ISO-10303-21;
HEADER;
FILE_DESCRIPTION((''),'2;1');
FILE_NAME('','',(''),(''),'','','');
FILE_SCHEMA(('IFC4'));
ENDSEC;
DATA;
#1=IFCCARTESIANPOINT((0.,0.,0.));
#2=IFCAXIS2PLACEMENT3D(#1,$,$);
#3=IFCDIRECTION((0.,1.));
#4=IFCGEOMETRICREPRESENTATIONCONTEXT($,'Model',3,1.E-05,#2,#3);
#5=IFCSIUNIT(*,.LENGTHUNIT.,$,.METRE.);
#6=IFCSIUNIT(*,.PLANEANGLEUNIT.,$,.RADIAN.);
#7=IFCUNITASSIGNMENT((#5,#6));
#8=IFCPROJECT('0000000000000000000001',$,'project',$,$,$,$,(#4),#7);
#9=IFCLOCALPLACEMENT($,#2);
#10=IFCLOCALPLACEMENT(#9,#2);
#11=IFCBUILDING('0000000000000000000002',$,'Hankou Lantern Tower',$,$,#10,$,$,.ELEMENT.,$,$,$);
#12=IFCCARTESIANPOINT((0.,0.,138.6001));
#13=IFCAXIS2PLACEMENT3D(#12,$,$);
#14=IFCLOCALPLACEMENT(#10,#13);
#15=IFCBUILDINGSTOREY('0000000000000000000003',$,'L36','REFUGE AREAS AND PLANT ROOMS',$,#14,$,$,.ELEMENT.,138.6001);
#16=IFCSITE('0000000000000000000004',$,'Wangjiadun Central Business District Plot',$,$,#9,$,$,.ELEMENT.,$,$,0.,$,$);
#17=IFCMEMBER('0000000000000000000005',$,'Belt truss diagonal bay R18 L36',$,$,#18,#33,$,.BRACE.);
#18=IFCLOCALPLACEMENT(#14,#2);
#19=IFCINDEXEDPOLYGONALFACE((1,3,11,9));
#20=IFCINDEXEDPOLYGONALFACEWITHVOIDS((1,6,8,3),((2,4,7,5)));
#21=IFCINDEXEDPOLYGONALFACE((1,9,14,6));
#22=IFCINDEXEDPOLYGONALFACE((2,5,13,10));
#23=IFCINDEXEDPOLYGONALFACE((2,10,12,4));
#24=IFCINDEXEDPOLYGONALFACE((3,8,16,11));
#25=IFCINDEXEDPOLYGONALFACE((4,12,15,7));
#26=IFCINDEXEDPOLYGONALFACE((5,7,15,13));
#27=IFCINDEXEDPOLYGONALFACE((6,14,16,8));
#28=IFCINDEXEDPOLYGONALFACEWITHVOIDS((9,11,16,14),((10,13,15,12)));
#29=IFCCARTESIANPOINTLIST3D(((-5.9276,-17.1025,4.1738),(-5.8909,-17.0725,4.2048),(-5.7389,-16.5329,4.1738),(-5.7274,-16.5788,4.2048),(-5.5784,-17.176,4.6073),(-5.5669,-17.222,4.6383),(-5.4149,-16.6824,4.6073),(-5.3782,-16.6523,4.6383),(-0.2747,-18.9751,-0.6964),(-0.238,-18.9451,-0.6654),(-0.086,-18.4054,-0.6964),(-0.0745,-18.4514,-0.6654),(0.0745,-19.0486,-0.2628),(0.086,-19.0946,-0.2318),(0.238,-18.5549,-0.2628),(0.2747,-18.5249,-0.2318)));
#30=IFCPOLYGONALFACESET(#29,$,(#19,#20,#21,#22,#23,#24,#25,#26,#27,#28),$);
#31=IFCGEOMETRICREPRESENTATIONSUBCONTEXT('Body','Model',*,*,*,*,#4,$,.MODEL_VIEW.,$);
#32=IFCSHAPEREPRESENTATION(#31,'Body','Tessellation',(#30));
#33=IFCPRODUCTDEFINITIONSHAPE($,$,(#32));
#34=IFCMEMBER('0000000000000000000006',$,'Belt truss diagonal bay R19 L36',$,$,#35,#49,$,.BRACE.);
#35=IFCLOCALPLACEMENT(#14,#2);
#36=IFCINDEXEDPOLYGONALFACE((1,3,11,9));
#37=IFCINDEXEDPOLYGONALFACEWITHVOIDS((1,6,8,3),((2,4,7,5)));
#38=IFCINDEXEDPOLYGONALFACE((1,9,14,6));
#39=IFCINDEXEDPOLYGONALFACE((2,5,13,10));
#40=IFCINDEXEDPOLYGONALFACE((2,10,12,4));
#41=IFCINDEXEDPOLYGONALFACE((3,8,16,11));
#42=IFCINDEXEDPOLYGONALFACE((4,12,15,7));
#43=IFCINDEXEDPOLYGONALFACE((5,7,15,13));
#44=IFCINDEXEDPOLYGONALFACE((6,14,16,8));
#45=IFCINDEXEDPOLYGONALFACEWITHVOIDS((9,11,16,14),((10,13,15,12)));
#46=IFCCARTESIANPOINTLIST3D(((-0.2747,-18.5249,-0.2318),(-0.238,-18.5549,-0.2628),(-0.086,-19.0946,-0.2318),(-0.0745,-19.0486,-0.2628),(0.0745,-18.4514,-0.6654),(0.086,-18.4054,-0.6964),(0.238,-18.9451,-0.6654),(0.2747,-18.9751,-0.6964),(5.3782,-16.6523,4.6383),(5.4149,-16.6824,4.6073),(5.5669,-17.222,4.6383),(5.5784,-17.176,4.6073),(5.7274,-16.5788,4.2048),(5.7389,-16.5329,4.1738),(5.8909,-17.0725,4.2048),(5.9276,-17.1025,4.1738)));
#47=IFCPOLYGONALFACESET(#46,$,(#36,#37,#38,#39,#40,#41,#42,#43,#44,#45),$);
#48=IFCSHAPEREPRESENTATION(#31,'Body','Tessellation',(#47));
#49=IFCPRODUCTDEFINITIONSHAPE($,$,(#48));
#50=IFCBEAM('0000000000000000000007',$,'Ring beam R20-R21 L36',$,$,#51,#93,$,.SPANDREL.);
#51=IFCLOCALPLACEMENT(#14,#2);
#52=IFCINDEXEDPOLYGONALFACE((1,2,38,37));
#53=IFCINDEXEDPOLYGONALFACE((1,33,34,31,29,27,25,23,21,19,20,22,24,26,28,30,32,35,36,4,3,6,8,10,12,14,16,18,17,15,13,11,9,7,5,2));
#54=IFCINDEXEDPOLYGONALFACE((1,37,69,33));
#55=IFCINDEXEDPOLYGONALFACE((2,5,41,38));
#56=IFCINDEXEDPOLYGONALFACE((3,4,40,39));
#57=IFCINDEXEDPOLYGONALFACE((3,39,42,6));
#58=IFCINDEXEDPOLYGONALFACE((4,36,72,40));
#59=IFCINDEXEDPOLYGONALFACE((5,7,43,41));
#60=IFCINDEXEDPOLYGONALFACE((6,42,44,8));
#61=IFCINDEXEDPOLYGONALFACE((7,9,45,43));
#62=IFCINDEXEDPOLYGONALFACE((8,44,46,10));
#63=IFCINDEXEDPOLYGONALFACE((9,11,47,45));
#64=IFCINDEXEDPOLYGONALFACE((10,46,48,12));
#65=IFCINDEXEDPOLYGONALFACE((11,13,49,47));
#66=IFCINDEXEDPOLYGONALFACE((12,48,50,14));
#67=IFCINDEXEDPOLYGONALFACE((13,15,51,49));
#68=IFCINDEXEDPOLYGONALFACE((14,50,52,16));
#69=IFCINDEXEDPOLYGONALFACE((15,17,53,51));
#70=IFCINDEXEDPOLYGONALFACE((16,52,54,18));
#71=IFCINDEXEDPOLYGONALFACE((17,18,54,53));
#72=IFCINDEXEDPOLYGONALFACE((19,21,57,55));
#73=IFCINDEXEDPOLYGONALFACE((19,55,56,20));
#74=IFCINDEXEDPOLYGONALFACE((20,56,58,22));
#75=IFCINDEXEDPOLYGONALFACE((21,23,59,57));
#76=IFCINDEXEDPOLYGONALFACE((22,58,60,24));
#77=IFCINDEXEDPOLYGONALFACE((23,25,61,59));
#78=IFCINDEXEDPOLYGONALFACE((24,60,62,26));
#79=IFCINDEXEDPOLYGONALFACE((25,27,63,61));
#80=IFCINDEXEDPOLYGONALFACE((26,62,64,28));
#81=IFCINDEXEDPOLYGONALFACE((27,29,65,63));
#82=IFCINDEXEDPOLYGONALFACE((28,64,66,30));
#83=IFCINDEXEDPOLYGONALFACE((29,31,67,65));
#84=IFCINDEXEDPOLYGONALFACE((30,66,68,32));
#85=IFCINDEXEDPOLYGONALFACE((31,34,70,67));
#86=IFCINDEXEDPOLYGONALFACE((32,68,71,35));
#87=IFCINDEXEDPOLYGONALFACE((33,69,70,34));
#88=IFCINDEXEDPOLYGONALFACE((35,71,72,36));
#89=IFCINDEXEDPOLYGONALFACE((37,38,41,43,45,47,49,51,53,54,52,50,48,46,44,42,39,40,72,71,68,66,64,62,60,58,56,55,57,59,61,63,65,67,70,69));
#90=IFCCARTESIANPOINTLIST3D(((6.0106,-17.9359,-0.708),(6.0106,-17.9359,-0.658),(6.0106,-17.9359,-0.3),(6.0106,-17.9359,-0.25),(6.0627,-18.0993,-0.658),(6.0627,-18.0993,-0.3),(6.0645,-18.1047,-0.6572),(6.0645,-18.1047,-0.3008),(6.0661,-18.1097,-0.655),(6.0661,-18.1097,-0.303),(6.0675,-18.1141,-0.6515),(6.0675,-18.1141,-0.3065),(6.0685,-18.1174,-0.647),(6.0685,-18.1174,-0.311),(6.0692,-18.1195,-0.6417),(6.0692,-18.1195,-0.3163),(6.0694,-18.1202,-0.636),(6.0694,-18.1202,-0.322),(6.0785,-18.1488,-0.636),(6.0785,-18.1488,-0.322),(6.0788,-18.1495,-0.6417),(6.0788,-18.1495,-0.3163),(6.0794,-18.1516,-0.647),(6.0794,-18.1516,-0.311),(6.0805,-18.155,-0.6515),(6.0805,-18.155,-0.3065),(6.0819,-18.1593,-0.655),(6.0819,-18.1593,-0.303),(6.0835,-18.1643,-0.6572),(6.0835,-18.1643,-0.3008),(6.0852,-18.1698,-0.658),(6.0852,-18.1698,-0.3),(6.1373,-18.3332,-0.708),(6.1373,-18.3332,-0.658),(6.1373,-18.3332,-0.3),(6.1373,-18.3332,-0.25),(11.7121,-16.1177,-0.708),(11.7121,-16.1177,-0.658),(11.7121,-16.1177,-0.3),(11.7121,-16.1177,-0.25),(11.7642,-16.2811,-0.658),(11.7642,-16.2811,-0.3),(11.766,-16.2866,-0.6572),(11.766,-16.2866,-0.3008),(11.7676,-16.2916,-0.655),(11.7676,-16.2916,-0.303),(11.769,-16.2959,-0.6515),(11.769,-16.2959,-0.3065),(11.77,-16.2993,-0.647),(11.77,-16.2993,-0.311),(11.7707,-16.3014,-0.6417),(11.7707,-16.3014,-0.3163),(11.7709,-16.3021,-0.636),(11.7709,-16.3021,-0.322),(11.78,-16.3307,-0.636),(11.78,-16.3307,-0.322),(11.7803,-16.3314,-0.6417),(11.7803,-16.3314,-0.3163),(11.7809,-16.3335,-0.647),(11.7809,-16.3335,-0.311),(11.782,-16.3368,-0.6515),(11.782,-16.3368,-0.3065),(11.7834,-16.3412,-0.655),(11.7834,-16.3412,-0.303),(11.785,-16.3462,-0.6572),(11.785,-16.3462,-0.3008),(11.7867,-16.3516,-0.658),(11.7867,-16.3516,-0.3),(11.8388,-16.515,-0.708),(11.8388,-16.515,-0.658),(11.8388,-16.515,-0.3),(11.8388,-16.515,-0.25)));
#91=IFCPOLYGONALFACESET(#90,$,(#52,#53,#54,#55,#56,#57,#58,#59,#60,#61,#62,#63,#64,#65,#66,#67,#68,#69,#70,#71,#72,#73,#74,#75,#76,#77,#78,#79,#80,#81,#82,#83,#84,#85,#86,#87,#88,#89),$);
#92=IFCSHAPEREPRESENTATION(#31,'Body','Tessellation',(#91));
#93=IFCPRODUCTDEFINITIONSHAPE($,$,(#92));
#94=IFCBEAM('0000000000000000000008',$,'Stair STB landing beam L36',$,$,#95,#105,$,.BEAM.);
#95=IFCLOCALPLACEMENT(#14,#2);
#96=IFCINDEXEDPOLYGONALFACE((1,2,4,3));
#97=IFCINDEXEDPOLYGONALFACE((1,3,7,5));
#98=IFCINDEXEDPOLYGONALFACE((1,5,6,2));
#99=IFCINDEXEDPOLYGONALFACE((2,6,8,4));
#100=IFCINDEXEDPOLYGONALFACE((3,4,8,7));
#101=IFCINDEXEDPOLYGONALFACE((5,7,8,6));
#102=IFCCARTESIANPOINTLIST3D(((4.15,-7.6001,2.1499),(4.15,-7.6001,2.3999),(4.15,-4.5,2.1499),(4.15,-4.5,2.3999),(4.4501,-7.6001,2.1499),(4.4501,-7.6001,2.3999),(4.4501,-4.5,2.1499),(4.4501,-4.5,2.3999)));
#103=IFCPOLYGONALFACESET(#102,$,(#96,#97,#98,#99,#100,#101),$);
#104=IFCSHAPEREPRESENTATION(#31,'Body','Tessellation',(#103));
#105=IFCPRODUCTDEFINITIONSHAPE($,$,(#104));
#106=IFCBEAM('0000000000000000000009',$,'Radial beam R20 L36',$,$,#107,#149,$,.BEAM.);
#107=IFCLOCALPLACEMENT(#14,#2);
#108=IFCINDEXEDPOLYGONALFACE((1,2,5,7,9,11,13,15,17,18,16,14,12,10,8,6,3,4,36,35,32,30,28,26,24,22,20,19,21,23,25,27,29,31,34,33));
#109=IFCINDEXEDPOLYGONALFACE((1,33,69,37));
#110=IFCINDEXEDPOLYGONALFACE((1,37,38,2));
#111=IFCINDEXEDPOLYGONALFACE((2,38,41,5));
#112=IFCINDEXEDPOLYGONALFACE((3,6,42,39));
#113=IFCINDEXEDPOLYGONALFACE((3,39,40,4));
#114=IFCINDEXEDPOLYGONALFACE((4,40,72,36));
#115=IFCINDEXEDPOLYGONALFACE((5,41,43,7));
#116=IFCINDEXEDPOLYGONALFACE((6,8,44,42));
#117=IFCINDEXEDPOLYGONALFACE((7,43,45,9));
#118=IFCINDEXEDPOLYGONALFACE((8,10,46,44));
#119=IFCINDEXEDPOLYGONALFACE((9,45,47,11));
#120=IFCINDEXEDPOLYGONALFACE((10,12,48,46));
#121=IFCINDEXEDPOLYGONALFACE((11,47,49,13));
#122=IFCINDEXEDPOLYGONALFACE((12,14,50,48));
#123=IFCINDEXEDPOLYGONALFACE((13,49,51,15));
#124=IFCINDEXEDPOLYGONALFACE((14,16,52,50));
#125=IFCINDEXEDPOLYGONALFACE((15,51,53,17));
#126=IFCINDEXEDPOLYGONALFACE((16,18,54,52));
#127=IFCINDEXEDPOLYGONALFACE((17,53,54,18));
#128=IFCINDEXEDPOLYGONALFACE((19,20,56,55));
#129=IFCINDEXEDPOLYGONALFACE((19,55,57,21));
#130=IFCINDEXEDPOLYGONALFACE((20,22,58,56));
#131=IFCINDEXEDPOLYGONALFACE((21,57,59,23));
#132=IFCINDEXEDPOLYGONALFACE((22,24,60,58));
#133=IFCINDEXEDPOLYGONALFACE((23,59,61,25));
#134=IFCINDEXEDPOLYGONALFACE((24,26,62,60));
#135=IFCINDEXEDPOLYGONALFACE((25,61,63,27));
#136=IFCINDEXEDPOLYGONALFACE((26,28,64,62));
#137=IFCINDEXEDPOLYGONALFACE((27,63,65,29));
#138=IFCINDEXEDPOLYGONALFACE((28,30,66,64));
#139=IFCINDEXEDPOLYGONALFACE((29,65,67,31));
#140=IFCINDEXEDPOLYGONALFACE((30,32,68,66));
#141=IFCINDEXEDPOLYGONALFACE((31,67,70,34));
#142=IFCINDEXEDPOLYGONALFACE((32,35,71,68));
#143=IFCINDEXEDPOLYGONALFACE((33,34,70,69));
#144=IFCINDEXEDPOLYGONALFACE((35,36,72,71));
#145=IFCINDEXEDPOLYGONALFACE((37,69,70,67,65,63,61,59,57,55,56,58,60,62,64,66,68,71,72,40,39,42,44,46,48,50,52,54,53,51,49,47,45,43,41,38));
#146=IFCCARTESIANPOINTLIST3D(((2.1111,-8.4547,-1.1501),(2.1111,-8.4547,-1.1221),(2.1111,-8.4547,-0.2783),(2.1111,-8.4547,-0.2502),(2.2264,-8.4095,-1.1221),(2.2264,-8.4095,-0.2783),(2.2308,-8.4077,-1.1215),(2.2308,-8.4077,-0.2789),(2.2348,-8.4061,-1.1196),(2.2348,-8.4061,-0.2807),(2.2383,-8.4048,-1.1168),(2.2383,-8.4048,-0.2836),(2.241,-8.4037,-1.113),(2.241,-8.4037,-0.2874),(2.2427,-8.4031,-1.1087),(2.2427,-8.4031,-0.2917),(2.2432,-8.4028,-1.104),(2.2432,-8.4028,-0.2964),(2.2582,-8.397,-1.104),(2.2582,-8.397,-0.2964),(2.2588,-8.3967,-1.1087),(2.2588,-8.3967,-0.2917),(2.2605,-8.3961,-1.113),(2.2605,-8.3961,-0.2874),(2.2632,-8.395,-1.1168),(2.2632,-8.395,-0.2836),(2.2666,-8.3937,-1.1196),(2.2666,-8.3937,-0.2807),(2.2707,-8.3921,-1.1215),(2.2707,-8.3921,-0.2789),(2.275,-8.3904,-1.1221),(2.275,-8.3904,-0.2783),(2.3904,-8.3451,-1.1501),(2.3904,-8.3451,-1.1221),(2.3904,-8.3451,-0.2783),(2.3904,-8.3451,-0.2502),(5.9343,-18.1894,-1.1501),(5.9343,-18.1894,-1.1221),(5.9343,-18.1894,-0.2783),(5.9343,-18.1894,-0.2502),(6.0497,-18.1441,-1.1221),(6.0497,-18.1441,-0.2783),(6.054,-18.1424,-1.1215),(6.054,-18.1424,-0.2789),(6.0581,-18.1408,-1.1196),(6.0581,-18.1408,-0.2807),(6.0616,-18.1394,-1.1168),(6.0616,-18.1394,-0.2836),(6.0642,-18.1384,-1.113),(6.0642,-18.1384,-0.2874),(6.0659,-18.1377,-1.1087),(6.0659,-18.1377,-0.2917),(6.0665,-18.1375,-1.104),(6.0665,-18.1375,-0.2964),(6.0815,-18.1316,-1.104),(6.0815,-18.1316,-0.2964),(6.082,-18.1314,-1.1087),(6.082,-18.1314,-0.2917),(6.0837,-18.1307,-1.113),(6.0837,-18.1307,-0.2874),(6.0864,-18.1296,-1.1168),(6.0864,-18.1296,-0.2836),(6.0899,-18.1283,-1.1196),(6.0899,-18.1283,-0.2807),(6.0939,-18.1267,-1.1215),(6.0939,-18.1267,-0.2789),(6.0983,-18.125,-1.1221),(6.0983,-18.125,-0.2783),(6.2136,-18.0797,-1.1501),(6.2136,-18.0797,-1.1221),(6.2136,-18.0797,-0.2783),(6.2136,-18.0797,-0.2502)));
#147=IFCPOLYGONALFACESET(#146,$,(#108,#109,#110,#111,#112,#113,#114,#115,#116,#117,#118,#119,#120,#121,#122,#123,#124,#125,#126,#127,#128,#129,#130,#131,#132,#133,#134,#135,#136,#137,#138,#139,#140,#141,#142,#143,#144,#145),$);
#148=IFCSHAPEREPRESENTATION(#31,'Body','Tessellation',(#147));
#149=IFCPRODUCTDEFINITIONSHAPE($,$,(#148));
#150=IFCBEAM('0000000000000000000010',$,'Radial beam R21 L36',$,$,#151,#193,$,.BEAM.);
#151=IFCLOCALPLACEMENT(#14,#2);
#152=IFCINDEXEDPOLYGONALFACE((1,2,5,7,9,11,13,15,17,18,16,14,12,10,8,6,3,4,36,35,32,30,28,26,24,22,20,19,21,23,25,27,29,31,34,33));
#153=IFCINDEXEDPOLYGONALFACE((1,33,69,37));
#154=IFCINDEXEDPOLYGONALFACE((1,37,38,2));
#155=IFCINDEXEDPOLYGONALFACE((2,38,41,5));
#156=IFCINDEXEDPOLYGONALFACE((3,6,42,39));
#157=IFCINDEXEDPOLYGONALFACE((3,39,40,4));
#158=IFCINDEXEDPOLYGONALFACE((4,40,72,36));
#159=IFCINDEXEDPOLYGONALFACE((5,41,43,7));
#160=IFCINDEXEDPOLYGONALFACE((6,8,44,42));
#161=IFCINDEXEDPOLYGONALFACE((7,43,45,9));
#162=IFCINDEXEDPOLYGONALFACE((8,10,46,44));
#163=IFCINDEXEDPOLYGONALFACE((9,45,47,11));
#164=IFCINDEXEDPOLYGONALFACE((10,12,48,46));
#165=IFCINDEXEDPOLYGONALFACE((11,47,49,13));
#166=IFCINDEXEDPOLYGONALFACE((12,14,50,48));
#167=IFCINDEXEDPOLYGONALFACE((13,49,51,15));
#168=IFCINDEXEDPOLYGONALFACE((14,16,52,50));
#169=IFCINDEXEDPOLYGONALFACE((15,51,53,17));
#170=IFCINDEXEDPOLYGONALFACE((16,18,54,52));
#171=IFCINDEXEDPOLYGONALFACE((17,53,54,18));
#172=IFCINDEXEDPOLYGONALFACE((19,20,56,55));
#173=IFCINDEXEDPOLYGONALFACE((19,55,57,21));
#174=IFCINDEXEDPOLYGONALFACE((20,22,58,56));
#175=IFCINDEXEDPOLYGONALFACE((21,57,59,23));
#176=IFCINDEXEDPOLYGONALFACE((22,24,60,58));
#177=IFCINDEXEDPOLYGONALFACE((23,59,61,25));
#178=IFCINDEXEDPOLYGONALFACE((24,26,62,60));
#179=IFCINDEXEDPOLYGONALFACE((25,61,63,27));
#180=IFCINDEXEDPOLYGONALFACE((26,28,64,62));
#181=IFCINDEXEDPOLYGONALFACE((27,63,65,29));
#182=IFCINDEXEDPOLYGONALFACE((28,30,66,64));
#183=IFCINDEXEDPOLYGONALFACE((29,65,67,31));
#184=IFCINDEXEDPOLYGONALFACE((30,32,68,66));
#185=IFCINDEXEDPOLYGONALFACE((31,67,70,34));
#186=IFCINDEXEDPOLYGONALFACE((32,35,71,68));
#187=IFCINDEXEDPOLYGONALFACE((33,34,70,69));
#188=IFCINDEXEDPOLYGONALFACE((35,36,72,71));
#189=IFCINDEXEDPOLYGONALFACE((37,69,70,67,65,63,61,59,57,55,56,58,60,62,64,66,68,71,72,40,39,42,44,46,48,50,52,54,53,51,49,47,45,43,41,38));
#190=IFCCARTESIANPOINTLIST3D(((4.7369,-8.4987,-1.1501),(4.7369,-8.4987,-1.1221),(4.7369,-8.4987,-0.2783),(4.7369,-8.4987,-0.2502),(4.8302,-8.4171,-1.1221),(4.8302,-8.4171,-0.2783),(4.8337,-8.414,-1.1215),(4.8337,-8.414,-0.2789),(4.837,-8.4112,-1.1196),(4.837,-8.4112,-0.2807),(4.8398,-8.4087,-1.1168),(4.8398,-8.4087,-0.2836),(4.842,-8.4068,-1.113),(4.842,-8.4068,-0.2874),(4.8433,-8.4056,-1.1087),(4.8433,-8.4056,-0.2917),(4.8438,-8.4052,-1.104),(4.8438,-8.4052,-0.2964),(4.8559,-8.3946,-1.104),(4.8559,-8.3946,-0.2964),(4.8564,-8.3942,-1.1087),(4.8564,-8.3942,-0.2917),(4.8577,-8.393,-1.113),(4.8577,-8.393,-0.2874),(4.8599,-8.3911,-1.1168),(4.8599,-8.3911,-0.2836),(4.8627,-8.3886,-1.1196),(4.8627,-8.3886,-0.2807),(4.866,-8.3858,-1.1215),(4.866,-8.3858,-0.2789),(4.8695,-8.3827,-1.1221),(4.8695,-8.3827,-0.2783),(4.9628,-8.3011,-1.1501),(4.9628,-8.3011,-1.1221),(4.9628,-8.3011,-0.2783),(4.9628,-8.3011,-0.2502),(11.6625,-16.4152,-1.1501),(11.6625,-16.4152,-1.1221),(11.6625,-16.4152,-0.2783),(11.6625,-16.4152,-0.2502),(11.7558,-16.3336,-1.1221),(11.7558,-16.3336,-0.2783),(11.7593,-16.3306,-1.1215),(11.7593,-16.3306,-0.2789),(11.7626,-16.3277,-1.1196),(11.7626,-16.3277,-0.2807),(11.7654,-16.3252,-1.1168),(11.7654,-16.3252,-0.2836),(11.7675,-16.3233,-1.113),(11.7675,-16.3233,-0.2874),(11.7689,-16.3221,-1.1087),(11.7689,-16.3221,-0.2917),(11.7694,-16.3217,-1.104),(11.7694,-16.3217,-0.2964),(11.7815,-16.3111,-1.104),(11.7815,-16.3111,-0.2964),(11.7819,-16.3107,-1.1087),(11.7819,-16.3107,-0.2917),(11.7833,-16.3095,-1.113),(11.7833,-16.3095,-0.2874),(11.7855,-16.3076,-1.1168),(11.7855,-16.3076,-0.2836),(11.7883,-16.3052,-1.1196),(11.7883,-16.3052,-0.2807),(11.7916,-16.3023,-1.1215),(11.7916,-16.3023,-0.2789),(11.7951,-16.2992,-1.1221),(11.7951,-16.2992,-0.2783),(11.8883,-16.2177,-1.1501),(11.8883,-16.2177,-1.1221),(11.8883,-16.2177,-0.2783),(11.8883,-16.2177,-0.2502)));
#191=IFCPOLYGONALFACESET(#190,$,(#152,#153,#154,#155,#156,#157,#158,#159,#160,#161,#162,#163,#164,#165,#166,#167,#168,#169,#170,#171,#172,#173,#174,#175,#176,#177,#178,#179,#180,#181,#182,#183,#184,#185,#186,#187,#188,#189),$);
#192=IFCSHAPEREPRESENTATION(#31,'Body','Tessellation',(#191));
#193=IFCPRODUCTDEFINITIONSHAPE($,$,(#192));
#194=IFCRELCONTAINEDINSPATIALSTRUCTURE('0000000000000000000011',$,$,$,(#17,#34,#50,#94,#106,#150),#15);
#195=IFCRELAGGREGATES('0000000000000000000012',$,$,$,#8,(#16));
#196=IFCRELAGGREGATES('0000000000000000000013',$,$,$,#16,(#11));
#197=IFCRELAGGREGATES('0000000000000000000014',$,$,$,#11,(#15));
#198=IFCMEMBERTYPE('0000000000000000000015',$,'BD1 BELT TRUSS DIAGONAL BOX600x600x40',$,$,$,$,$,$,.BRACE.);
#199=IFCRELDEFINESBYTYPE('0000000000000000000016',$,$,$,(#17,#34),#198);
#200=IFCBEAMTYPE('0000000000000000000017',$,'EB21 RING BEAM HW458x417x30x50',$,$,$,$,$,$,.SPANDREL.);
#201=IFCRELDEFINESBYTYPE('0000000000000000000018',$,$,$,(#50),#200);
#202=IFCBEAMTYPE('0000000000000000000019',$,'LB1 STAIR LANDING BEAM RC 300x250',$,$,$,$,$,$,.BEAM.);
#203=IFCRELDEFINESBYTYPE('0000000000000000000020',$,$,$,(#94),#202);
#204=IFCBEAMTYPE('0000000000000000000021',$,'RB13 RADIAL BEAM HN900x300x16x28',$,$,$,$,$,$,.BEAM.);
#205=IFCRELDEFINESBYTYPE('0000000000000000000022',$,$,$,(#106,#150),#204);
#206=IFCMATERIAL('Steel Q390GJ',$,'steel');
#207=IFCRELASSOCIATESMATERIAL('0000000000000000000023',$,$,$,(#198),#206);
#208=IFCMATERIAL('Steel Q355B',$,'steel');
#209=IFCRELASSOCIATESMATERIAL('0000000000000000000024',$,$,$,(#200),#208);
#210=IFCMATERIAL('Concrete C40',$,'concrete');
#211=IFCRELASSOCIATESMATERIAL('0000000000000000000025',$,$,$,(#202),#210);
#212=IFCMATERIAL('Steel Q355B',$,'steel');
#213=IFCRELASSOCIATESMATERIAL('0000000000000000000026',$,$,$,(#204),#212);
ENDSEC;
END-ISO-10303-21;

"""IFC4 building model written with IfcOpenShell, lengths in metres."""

from ifc_helpers import new_model, si_unit, direction, frame, origin, origin_2d, place, context, subcontext, project, spatial, rectangle, hollow_rectangle, i_section, extrude, material, material_profile, profile_set, type_object, element, save


model = new_model("IFC4")

# Units and contexts
model_context = context("Model", 3, precision=1e-05, world=origin(), true_north=direction((0.0, 1.0)))
body_context = subcontext(model_context, "Body", "Model", "MODEL_VIEW")
ifc_project = project(units=[si_unit("LENGTHUNIT", "METRE"), si_unit("PLANEANGLEUNIT", "RADIAN")], contexts=[model_context])

# Site, building, storey
site_placement = place(None, origin())
site = spatial("IfcSite", under=ifc_project, at=site_placement, Name="Wangjiadun Central Business District Plot", CompositionType="ELEMENT", RefElevation=0.0)
building_placement = place(site_placement, origin())
building = spatial("IfcBuilding", under=site, at=building_placement, Name="Hankou Lantern Tower", CompositionType="ELEMENT")
storey_placement = place(building_placement, frame((0.0, 0.0, 138.6001)))
storey = spatial("IfcBuildingStorey", under=building, at=storey_placement, Name="L36", Description="REFUGE AREAS AND PLANT ROOMS", CompositionType="ELEMENT", Elevation=138.6001)

# Members
ifc_material_1 = material(Name="Steel Q390GJ", Category="steel")
ifc_material_profile_1 = material_profile(ifc_material_1, hollow_rectangle(XDim=0.6001, YDim=0.6001, WallThickness=0.04, at=origin_2d()), Name="BOX600x600x40")
ifc_profile_set_1 = profile_set([ifc_material_profile_1], Name="Steel Q390GJ")
member_type = type_object("IfcMemberType", Name="BD1 BELT TRUSS DIAGONAL BOX600x600x40", PredefinedType="BRACE", material=ifc_profile_set_1)
for number, where, z_axis, x_axis, name in (
    (1, (0.0, -18.75, -0.4641), (-0.734822, 0.243417, 0.633075), (-0.314456, -0.949272, 0.0), "Belt truss diagonal bay R18 L36"),
    (2, (0.0, -18.75, -0.4641), (0.734822, 0.243417, 0.633075), (-0.314456, 0.949272, 0.0), "Belt truss diagonal bay R19 L36"),
):
    element("IfcMember", number, at=place(storey_placement, frame(where, z_axis=z_axis, x_axis=x_axis)), inside=storey, type_object=member_type, Name=name, PredefinedType="BRACE", context=body_context, shape_type="SweptSolid", body=[
        extrude(hollow_rectangle(XDim=0.6001, YDim=0.6001, WallThickness=0.04, at=origin_2d()), origin(), (0.0, 0.0, 1.0), 7.6929),
    ])

# Beams
ifc_material_2 = material(Name="Steel Q355B", Category="steel")
ifc_material_profile_2 = material_profile(ifc_material_2, i_section(OverallWidth=0.417, OverallDepth=0.458, WebThickness=0.03, FlangeThickness=0.05, FilletRadius=0.022, at=origin_2d()), Name="HW458x417x30x50")
ifc_profile_set_2 = profile_set([ifc_material_profile_2], Name="Steel Q355B")
beam_type_1 = type_object("IfcBeamType", Name="EB21 RING BEAM HW458x417x30x50", PredefinedType="SPANDREL", material=ifc_profile_set_2)
beam_1_placement = place(storey_placement, frame((6.074, -18.1345, -0.479), z_axis=(0.952731, 0.303815, 0.0), x_axis=(-0.303815, 0.952731, 0.0)))
element("IfcBeam", 3, at=beam_1_placement, inside=storey, type_object=beam_type_1, Name="Ring beam R20-R21 L36", PredefinedType="SPANDREL", context=body_context, shape_type="SweptSolid", body=[
    extrude(i_section(OverallWidth=0.417, OverallDepth=0.458, WebThickness=0.03, FlangeThickness=0.05, FilletRadius=0.022, at=origin_2d()), origin(), (0.0, 0.0, 1.0), 5.9844),
])
ifc_material_3 = material(Name="Concrete C40", Category="concrete")
ifc_material_profile_3 = material_profile(ifc_material_3, rectangle(XDim=0.3, YDim=0.25, at=origin_2d()), Name="RC 300x250")
ifc_profile_set_3 = profile_set([ifc_material_profile_3], Name="Concrete C40")
beam_type_2 = type_object("IfcBeamType", Name="LB1 STAIR LANDING BEAM RC 300x250", PredefinedType="BEAM", material=ifc_profile_set_3)
beam_2_placement = place(storey_placement, frame((4.3, -4.5, 2.2749), z_axis=(0.0, -1.0, 0.0), x_axis=(1.0, 0.0, 0.0)))
element("IfcBeam", 4, at=beam_2_placement, inside=storey, type_object=beam_type_2, Name="Stair STB landing beam L36", PredefinedType="BEAM", context=body_context, shape_type="SweptSolid", body=[
    extrude(rectangle(XDim=0.3, YDim=0.25, at=origin_2d()), origin(), (0.0, 0.0, 1.0), 3.1001),
])
ifc_material_4 = material(Name="Steel Q355B", Category="steel")
ifc_material_profile_4 = material_profile(ifc_material_4, i_section(OverallWidth=0.3, OverallDepth=0.8999, WebThickness=0.0161, FlangeThickness=0.0281, FilletRadius=0.0181, at=origin_2d()), Name="HN900x300x16x28")
ifc_profile_set_4 = profile_set([ifc_material_profile_4], Name="Steel Q355B")
beam_type_3 = type_object("IfcBeamType", Name="RB13 RADIAL BEAM HN900x300x16x28", PredefinedType="BEAM", material=ifc_profile_set_4)
beam_3_placement = place(storey_placement, frame((2.2507, -8.3999, -0.7002), z_axis=(0.365564, -0.930786, 0.0), x_axis=(0.930786, 0.365564, 0.0)))
element("IfcBeam", 5, at=beam_3_placement, inside=storey, type_object=beam_type_3, Name="Radial beam R20 L36", PredefinedType="BEAM", context=body_context, shape_type="SweptSolid", body=[
    extrude(i_section(OverallWidth=0.3, OverallDepth=0.8999, WebThickness=0.0161, FlangeThickness=0.0281, FilletRadius=0.0181, at=origin_2d()), origin(), (0.0, 0.0, 1.0), 10.4585),
])
beam_4_placement = place(storey_placement, frame((4.8499, -8.3999, -0.7002), z_axis=(0.658429, -0.752643, 0.0), x_axis=(0.752643, 0.658429, 0.0)))
element("IfcBeam", 6, at=beam_4_placement, inside=storey, type_object=beam_type_3, Name="Radial beam R21 L36", PredefinedType="BEAM", context=body_context, shape_type="SweptSolid", body=[
    extrude(i_section(OverallWidth=0.3, OverallDepth=0.8999, WebThickness=0.0161, FlangeThickness=0.0281, FilletRadius=0.0181, at=origin_2d()), origin(), (0.0, 0.0, 1.0), 10.5183),
])

save(model, "model.ifc")
